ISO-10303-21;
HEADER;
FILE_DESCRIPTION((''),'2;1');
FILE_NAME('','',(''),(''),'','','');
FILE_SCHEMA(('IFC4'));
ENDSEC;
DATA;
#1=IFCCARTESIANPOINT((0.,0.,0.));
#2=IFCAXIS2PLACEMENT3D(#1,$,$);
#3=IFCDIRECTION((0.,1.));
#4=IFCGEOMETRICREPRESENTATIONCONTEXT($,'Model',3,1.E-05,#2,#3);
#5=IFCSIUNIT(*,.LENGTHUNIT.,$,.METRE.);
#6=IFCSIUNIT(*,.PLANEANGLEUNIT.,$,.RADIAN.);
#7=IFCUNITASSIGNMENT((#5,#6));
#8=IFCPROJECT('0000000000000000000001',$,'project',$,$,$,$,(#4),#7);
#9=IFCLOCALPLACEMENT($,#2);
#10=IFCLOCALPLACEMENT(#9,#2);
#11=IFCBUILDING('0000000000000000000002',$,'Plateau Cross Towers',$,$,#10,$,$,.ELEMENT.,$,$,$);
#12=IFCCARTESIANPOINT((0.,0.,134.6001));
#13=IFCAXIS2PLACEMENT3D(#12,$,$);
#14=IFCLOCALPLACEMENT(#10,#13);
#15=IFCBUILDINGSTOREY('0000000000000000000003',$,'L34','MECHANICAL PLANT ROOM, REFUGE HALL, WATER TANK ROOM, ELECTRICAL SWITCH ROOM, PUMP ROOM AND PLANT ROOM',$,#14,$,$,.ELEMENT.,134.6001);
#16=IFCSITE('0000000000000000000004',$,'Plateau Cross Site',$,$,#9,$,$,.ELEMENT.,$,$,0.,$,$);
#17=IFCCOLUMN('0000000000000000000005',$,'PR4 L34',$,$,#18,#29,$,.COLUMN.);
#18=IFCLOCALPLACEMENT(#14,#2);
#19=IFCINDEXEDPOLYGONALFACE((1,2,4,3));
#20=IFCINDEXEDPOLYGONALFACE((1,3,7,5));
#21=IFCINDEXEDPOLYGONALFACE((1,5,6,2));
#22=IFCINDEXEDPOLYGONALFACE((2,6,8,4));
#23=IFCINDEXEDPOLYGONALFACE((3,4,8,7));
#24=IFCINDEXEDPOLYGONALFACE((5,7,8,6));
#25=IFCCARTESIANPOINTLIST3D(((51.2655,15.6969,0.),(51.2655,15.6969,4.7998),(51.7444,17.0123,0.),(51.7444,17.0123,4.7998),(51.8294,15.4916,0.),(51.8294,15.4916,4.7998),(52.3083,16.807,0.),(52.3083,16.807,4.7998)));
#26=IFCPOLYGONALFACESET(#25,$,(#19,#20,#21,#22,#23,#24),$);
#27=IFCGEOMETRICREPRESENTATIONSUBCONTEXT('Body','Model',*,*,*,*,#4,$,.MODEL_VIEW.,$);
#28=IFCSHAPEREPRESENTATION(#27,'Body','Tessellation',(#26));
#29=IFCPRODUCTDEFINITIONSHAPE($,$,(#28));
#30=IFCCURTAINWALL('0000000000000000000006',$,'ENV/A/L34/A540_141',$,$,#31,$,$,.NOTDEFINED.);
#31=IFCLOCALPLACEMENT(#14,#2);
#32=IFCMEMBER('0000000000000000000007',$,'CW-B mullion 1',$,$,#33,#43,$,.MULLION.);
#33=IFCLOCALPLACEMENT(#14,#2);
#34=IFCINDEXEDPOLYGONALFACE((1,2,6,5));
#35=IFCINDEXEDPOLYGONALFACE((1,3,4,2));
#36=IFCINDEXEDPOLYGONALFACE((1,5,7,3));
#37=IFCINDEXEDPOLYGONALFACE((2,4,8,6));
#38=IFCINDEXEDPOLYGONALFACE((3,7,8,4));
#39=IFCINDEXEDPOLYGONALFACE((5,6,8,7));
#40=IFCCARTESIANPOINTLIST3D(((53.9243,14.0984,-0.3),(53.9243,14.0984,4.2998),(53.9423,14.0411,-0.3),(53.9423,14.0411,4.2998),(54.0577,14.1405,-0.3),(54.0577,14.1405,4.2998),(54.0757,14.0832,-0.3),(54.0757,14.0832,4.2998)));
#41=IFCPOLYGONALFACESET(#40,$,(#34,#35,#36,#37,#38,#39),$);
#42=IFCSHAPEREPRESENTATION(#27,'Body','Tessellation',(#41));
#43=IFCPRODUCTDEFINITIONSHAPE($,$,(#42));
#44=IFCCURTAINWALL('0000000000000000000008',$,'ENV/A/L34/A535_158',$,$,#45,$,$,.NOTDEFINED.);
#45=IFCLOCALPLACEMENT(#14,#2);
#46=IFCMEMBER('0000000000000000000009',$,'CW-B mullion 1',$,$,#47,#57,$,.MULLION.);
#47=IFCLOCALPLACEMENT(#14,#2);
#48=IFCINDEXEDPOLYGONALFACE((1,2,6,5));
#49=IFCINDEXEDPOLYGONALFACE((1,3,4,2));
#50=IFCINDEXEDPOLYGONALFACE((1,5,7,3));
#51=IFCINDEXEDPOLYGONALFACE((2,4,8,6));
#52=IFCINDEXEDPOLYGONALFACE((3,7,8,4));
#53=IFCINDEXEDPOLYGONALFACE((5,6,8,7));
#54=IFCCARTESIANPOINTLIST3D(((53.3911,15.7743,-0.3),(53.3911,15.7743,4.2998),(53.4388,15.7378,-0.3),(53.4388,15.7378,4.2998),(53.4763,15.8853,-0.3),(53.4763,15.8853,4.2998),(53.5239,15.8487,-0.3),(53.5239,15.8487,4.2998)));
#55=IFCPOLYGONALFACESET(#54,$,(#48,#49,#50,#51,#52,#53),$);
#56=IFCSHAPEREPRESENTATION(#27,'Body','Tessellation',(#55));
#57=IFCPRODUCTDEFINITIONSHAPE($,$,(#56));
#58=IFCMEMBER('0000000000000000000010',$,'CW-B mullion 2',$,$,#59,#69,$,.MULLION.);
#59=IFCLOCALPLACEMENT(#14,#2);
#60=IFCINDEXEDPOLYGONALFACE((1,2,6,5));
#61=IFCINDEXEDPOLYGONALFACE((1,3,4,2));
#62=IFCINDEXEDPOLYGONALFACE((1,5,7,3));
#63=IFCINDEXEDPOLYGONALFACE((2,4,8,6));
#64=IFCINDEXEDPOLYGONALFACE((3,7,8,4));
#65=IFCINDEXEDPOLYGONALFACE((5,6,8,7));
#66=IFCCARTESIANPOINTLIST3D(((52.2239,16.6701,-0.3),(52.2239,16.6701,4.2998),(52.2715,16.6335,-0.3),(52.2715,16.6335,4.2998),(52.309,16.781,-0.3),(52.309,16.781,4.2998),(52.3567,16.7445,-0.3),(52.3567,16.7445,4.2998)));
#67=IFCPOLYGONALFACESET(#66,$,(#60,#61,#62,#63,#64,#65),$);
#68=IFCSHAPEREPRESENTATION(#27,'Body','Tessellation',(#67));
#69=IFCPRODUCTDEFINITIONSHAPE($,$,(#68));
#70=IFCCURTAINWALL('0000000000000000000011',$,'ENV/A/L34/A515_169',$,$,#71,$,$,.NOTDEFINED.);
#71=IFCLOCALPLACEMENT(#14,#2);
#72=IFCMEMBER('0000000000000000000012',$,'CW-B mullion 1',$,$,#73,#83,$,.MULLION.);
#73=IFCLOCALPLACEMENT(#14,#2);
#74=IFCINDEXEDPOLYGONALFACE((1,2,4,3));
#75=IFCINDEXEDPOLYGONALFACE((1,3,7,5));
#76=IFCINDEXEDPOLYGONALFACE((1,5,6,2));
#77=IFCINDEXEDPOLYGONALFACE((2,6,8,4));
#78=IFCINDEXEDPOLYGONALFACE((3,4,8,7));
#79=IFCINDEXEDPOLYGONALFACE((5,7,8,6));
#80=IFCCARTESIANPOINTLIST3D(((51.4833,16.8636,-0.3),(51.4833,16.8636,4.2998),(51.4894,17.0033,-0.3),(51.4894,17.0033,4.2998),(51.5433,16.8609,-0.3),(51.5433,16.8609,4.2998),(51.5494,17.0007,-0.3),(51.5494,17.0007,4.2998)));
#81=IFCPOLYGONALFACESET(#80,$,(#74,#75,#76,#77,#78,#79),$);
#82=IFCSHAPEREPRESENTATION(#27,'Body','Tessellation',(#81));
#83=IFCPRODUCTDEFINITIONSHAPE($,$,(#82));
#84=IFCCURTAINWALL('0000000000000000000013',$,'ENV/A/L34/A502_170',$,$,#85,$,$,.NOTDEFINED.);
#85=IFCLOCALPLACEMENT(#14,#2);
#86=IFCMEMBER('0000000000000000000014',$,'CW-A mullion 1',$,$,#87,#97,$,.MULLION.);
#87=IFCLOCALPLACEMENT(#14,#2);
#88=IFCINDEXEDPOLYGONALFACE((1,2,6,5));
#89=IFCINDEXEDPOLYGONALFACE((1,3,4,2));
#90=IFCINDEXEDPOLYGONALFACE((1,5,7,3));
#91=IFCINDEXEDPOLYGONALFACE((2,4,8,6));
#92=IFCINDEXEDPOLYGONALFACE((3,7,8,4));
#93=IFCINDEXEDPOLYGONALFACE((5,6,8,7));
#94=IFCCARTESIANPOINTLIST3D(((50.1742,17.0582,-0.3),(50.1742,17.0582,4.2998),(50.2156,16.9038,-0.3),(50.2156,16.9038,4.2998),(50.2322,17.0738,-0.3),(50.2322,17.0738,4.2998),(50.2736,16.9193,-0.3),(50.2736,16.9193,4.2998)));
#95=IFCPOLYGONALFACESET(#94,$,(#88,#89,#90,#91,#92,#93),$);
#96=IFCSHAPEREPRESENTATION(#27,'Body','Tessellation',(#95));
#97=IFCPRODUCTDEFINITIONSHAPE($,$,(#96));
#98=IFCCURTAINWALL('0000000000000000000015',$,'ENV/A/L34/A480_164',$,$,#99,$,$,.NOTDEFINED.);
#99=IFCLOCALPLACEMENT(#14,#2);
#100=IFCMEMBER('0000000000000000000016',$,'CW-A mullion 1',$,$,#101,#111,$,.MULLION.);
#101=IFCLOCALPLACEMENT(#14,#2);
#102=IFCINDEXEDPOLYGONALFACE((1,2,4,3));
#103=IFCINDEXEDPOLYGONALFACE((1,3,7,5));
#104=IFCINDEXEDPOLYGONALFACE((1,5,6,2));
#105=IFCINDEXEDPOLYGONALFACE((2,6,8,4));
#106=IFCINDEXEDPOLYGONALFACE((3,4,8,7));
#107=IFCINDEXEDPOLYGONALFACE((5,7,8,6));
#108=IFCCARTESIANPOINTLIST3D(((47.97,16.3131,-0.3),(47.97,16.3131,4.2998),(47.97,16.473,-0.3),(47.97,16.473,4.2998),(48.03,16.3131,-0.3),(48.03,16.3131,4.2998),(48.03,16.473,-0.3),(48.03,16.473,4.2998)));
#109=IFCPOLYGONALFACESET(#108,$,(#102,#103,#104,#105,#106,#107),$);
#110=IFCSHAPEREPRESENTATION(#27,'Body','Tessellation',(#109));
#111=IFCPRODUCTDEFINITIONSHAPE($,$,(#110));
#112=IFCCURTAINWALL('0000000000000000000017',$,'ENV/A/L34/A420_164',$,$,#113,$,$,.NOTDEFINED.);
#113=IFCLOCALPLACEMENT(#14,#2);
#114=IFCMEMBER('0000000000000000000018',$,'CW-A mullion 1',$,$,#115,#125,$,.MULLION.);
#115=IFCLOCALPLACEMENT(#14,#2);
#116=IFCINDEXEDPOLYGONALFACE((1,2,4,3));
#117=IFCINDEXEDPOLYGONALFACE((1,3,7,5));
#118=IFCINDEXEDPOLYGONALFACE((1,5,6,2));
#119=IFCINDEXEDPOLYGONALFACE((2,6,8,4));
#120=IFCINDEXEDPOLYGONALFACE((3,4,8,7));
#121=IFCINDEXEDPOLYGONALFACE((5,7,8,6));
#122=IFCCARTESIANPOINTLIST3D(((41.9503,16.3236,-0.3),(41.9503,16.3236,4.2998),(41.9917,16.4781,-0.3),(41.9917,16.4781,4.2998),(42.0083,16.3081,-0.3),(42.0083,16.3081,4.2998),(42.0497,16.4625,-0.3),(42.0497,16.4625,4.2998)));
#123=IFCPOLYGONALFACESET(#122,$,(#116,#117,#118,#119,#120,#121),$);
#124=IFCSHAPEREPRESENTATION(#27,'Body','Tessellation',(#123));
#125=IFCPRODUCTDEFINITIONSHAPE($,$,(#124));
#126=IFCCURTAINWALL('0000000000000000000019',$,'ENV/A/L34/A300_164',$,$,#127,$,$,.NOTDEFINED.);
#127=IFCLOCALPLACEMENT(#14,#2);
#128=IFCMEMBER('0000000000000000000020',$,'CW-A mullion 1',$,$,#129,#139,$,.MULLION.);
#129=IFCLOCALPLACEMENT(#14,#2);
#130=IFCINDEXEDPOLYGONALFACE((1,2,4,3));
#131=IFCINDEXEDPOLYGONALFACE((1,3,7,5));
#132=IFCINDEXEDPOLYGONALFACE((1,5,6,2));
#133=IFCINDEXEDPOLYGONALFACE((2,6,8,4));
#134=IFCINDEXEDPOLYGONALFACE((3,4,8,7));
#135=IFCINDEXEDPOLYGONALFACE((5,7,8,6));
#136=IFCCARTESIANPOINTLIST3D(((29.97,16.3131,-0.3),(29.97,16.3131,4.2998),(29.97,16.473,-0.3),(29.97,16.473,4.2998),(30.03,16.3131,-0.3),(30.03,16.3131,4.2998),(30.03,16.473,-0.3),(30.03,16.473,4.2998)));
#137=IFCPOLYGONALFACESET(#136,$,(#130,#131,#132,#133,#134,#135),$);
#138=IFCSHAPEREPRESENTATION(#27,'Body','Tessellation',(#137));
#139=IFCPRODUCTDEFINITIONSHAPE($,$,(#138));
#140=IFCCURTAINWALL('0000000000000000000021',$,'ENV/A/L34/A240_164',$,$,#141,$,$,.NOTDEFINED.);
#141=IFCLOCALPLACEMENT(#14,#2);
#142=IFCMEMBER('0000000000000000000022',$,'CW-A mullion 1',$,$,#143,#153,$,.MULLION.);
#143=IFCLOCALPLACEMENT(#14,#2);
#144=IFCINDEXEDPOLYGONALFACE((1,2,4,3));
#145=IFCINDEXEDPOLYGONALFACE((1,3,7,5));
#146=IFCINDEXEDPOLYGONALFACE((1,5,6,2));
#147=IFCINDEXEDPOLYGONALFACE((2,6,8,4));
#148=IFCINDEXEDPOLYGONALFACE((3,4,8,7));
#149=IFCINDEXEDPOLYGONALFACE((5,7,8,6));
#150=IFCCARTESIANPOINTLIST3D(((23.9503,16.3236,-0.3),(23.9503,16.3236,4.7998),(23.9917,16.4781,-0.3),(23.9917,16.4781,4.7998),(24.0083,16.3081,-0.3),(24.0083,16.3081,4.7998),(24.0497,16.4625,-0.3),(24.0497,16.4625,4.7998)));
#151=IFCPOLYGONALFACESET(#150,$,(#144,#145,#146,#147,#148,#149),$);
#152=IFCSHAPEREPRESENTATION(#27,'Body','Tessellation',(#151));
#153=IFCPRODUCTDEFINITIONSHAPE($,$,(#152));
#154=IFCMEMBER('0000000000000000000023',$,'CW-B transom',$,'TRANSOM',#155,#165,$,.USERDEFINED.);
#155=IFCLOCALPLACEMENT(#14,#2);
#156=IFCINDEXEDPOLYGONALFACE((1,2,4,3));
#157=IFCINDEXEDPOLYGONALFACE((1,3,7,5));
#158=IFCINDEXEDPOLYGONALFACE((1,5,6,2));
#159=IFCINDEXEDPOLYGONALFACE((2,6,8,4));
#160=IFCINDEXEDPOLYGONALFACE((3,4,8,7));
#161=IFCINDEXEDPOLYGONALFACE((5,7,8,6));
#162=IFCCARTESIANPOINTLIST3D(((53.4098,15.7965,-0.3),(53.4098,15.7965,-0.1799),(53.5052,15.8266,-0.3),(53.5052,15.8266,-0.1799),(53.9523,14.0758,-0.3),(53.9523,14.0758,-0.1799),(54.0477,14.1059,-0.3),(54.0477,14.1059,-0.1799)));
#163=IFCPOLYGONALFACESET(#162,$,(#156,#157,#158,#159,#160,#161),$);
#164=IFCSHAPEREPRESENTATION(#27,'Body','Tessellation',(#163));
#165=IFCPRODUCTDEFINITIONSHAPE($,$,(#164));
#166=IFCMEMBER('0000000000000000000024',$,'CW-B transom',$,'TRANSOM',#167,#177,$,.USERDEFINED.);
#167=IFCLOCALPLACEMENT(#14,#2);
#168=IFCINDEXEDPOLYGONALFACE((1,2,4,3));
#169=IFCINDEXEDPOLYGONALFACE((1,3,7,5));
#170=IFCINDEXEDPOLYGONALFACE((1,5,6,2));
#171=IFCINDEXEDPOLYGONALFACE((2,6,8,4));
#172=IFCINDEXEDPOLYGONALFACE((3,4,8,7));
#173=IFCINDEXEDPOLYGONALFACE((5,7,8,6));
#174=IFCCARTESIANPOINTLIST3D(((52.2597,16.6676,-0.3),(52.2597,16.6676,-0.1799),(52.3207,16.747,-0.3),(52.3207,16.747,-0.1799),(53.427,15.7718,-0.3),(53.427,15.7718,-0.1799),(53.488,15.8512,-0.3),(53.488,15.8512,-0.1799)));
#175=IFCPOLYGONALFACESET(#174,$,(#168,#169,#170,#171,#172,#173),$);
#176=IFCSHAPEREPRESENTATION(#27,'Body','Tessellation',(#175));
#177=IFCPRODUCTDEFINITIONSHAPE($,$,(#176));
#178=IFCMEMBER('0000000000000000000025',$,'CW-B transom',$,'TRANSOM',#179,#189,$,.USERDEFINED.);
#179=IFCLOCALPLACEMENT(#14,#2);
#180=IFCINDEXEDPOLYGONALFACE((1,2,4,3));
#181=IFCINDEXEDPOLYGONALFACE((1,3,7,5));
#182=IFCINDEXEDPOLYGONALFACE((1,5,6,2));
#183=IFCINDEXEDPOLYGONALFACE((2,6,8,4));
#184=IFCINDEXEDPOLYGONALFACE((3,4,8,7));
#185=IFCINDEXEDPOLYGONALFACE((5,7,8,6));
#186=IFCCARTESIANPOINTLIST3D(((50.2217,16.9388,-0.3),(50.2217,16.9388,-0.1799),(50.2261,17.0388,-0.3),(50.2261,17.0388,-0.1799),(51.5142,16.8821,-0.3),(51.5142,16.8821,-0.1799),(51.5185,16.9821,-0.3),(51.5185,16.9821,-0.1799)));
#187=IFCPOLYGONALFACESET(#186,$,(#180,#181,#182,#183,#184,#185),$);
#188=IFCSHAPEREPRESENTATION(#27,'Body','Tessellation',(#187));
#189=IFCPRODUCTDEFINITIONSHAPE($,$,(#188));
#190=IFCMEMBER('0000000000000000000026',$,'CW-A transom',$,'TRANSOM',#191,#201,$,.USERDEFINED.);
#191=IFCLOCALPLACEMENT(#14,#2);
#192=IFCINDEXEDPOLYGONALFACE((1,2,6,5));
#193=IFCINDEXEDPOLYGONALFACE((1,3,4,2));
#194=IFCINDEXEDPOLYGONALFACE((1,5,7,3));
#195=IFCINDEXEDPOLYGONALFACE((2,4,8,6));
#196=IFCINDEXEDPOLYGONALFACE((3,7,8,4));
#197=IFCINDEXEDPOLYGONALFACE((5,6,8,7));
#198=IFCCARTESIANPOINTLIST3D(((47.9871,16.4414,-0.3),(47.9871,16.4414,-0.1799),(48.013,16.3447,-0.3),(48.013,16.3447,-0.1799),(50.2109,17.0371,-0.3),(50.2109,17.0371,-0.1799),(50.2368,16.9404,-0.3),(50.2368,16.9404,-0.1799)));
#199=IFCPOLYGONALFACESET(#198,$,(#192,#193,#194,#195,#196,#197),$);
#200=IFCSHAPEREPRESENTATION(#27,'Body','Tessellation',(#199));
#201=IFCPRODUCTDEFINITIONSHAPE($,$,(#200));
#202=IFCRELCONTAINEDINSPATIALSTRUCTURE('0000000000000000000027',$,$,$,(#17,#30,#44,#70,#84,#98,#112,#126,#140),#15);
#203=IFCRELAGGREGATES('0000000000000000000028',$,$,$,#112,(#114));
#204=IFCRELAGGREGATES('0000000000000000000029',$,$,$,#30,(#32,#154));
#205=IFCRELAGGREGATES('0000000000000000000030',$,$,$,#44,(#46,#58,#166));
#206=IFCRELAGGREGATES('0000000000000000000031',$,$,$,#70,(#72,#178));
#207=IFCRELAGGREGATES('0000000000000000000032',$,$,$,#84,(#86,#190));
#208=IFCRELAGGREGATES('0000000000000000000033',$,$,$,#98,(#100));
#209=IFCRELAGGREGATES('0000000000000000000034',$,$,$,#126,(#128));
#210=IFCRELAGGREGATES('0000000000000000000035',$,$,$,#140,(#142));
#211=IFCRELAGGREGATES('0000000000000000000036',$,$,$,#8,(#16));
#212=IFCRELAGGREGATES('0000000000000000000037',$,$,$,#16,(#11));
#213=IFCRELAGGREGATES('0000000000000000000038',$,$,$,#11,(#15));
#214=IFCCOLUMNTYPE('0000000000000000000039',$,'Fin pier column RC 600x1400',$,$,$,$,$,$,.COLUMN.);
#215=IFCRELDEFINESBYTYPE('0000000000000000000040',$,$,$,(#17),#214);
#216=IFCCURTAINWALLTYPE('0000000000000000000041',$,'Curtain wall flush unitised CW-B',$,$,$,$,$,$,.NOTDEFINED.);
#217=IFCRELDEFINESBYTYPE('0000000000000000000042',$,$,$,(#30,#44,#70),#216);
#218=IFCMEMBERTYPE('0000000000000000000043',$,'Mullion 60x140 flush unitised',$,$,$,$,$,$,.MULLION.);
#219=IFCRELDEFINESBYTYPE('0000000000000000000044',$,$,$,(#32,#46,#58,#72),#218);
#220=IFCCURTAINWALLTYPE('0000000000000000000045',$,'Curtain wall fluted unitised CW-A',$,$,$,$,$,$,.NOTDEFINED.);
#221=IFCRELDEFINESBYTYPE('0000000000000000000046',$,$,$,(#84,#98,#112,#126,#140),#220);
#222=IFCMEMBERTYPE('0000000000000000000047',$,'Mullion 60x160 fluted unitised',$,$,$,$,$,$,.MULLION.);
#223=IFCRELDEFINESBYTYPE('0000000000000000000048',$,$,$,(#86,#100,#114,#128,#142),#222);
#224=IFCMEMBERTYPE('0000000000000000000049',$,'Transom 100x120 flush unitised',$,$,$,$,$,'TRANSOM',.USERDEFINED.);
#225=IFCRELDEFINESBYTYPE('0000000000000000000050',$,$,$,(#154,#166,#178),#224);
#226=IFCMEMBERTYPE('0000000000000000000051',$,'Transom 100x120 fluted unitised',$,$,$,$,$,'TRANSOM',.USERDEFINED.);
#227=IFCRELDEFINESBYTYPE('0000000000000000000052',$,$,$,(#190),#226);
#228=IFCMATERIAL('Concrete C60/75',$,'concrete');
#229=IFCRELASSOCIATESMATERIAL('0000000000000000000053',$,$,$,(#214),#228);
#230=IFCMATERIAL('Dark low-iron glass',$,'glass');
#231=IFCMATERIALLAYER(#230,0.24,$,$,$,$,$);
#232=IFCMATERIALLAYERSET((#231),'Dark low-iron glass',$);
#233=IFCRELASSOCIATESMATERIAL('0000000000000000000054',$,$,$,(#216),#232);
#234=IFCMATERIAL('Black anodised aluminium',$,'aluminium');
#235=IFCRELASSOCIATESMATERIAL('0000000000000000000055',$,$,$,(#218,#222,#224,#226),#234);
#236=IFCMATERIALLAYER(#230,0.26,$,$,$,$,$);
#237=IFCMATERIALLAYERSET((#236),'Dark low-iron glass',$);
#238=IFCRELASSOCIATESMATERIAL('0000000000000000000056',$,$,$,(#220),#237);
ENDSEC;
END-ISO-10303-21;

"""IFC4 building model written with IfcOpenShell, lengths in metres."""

from ifc_helpers import new_model, si_unit, direction, frame, origin, origin_2d, place, context, subcontext, project, spatial, rectangle, extrude, material, layer, layer_set, material_profile, profile_set, type_object, element, aggregate, save


model = new_model("IFC4")

# Units and contexts
model_context = context("Model", 3, precision=1e-05, world=origin(), true_north=direction((0.0, 1.0)))
body_context = subcontext(model_context, "Body", "Model", "MODEL_VIEW")
ifc_project = project(units=[si_unit("LENGTHUNIT", "METRE"), si_unit("PLANEANGLEUNIT", "RADIAN")], contexts=[model_context])

# Site, building, storey
site_placement = place(None, origin())
site = spatial("IfcSite", under=ifc_project, at=site_placement, Name="Plateau Cross Site", CompositionType="ELEMENT", RefElevation=0.0)
building_placement = place(site_placement, origin())
building = spatial("IfcBuilding", under=site, at=building_placement, Name="Plateau Cross Towers", CompositionType="ELEMENT")
storey_placement = place(building_placement, frame((0.0, 0.0, 134.6001)))
storey = spatial("IfcBuildingStorey", under=building, at=storey_placement, Name="L34", Description="MECHANICAL PLANT ROOM, REFUGE HALL, WATER TANK ROOM, ELECTRICAL SWITCH ROOM, PUMP ROOM AND PLANT ROOM", CompositionType="ELEMENT", Elevation=134.6001)

# Column
ifc_material_1 = material(Name="Concrete C60/75", Category="concrete")
ifc_material_profile_1 = material_profile(ifc_material_1, rectangle(XDim=0.6001, YDim=1.3999, at=origin_2d()), Name="RC 600x1400")
ifc_profile_set_1 = profile_set([ifc_material_profile_1], Name="Concrete C60/75")
column_type = type_object("IfcColumnType", Name="Fin pier column RC 600x1400", PredefinedType="COLUMN", material=ifc_profile_set_1)
column_placement = place(storey_placement, frame((51.7869, 16.252, 0.0), z_axis=(0.0, 0.0, 1.0), x_axis=(-0.939664, 0.342098, 0.0)))
element("IfcColumn", 1, at=column_placement, inside=storey, type_object=column_type, Name="PR4 L34", PredefinedType="COLUMN", context=body_context, shape_type="SweptSolid", body=[
    extrude(rectangle(XDim=0.6001, YDim=1.3999, at=origin_2d()), origin(), (0.0, 0.0, 1.0), 4.7998),
])

# Curtain wall, member
ifc_material_2 = material(Name="Dark low-iron glass", Category="glass")
ifc_layer_1 = layer(ifc_material_2, 0.24)
ifc_layer_set_1 = layer_set([ifc_layer_1], Name="Dark low-iron glass")
curtain_wall_type_1 = type_object("IfcCurtainWallType", Name="Curtain wall flush unitised CW-B", PredefinedType="NOTDEFINED", material=ifc_layer_set_1)
curtain_wall_1_placement = place(storey_placement, origin())
curtain_wall_1 = element("IfcCurtainWall", 2, at=curtain_wall_1_placement, inside=storey, type_object=curtain_wall_type_1, Name="ENV/A/L34/A540_141", PredefinedType="NOTDEFINED")
ifc_material_3 = material(Name="Black anodised aluminium", Category="aluminium")
ifc_material_profile_2 = material_profile(ifc_material_3, rectangle(XDim=0.0601, YDim=0.1399, at=origin_2d()), Name="MULLION 60x140")
ifc_profile_set_2 = profile_set([ifc_material_profile_2], Name="Black anodised aluminium")
member_type_1 = type_object("IfcMemberType", Name="Mullion 60x140 flush unitised", PredefinedType="MULLION", material=ifc_profile_set_2)
member_1_placement = place(storey_placement, frame((54.0, 14.0908, -0.3), z_axis=(0.0, 0.0, 1.0), x_axis=(-0.300686, 0.953723, 0.0)))
member_1 = element("IfcMember", 3, at=member_1_placement, type_object=member_type_1, Name="CW-B mullion 1", PredefinedType="MULLION", context=body_context, shape_type="SweptSolid", body=[
    extrude(rectangle(XDim=0.0601, YDim=0.1399, at=origin_2d()), origin(), (0.0, 0.0, 1.0), 4.5999),
])

# Curtain wall, members
curtain_wall_2_placement = place(storey_placement, origin())
curtain_wall_2 = element("IfcCurtainWall", 4, at=curtain_wall_2_placement, inside=storey, type_object=curtain_wall_type_1, Name="ENV/A/L34/A535_158", PredefinedType="NOTDEFINED")
member_2_placement = place(storey_placement, frame((53.4575, 15.8115, -0.3), z_axis=(0.0, 0.0, 1.0), x_axis=(-0.793316, 0.608811, 0.0)))
member_2 = element("IfcMember", 5, at=member_2_placement, type_object=member_type_1, Name="CW-B mullion 1", PredefinedType="MULLION", context=body_context, shape_type="SweptSolid", body=[
    extrude(rectangle(XDim=0.0601, YDim=0.1399, at=origin_2d()), origin(), (0.0, 0.0, 1.0), 4.5999),
])
member_3_placement = place(storey_placement, frame((52.2903, 16.7073, -0.3), z_axis=(0.0, 0.0, 1.0), x_axis=(-0.793316, 0.608811, 0.0)))
member_3 = element("IfcMember", 6, at=member_3_placement, type_object=member_type_1, Name="CW-B mullion 2", PredefinedType="MULLION", context=body_context, shape_type="SweptSolid", body=[
    extrude(rectangle(XDim=0.0601, YDim=0.1399, at=origin_2d()), origin(), (0.0, 0.0, 1.0), 4.5999),
])

# Curtain walls, members
curtain_wall_3_placement = place(storey_placement, origin())
curtain_wall_3 = element("IfcCurtainWall", 7, at=curtain_wall_3_placement, inside=storey, type_object=curtain_wall_type_1, Name="ENV/A/L34/A515_169", PredefinedType="NOTDEFINED")
member_4_placement = place(storey_placement, frame((51.5164, 16.9321, -0.3), z_axis=(0.0, 0.0, 1.0), x_axis=(-0.999044, 0.043723, 0.0)))
member_4 = element("IfcMember", 8, at=member_4_placement, type_object=member_type_1, Name="CW-B mullion 1", PredefinedType="MULLION", context=body_context, shape_type="SweptSolid", body=[
    extrude(rectangle(XDim=0.0601, YDim=0.1399, at=origin_2d()), origin(), (0.0, 0.0, 1.0), 4.5999),
])
ifc_layer_2 = layer(ifc_material_2, 0.26)
ifc_layer_set_2 = layer_set([ifc_layer_2], Name="Dark low-iron glass")
curtain_wall_type_2 = type_object("IfcCurtainWallType", Name="Curtain wall fluted unitised CW-A", PredefinedType="NOTDEFINED", material=ifc_layer_set_2)
curtain_wall_4_placement = place(storey_placement, origin())
curtain_wall_4 = element("IfcCurtainWall", 9, at=curtain_wall_4_placement, inside=storey, type_object=curtain_wall_type_2, Name="ENV/A/L34/A502_170", PredefinedType="NOTDEFINED")
ifc_material_profile_3 = material_profile(ifc_material_3, rectangle(XDim=0.0601, YDim=0.1599, at=origin_2d()), Name="MULLION 60x160")
ifc_profile_set_3 = profile_set([ifc_material_profile_3], Name="Black anodised aluminium")
member_type_2 = type_object("IfcMemberType", Name="Mullion 60x160 fluted unitised", PredefinedType="MULLION", material=ifc_profile_set_3)
member_5_placement = place(storey_placement, frame((50.2239, 16.9888, -0.3), z_axis=(0.0, 0.0, 1.0), x_axis=(-0.965958, -0.258699, 0.0)))
member_5 = element("IfcMember", 10, at=member_5_placement, type_object=member_type_2, Name="CW-A mullion 1", PredefinedType="MULLION", context=body_context, shape_type="SweptSolid", body=[
    extrude(rectangle(XDim=0.0601, YDim=0.1599, at=origin_2d()), origin(), (0.0, 0.0, 1.0), 4.5999),
])
curtain_wall_5_placement = place(storey_placement, origin())
curtain_wall_5 = element("IfcCurtainWall", 11, at=curtain_wall_5_placement, inside=storey, type_object=curtain_wall_type_2, Name="ENV/A/L34/A480_164", PredefinedType="NOTDEFINED")
member_6_placement = place(storey_placement, frame((48.0, 16.3931, -0.3), z_axis=(0.0, 0.0, 1.0), x_axis=(-1.0, 0.0, 0.0)))
member_6 = element("IfcMember", 12, at=member_6_placement, type_object=member_type_2, Name="CW-A mullion 1", PredefinedType="MULLION", context=body_context, shape_type="SweptSolid", body=[
    extrude(rectangle(XDim=0.0601, YDim=0.1599, at=origin_2d()), origin(), (0.0, 0.0, 1.0), 4.5999),
])
curtain_wall_6_placement = place(storey_placement, origin())
curtain_wall_6 = element("IfcCurtainWall", 13, at=curtain_wall_6_placement, inside=storey, type_object=curtain_wall_type_2, Name="ENV/A/L34/A420_164", PredefinedType="NOTDEFINED")
member_7_placement = place(storey_placement, frame((42.0, 16.3931, -0.3), z_axis=(0.0, 0.0, 1.0), x_axis=(-0.965958, 0.258699, 0.0)))
member_7 = element("IfcMember", 14, at=member_7_placement, type_object=member_type_2, Name="CW-A mullion 1", PredefinedType="MULLION", context=body_context, shape_type="SweptSolid", body=[
    extrude(rectangle(XDim=0.0601, YDim=0.1599, at=origin_2d()), origin(), (0.0, 0.0, 1.0), 4.5999),
])
curtain_wall_7_placement = place(storey_placement, origin())
curtain_wall_7 = element("IfcCurtainWall", 15, at=curtain_wall_7_placement, inside=storey, type_object=curtain_wall_type_2, Name="ENV/A/L34/A300_164", PredefinedType="NOTDEFINED")
member_8_placement = place(storey_placement, frame((30.0, 16.3931, -0.3), z_axis=(0.0, 0.0, 1.0), x_axis=(-1.0, 0.0, 0.0)))
member_8 = element("IfcMember", 16, at=member_8_placement, type_object=member_type_2, Name="CW-A mullion 1", PredefinedType="MULLION", context=body_context, shape_type="SweptSolid", body=[
    extrude(rectangle(XDim=0.0601, YDim=0.1599, at=origin_2d()), origin(), (0.0, 0.0, 1.0), 4.5999),
])
curtain_wall_8_placement = place(storey_placement, origin())
curtain_wall_8 = element("IfcCurtainWall", 17, at=curtain_wall_8_placement, inside=storey, type_object=curtain_wall_type_2, Name="ENV/A/L34/A240_164", PredefinedType="NOTDEFINED")
member_9_placement = place(storey_placement, frame((24.0, 16.3931, -0.3), z_axis=(0.0, 0.0, 1.0), x_axis=(-0.965958, 0.258699, 0.0)))
member_9 = element("IfcMember", 18, at=member_9_placement, type_object=member_type_2, Name="CW-A mullion 1", PredefinedType="MULLION", context=body_context, shape_type="SweptSolid", body=[
    extrude(rectangle(XDim=0.0601, YDim=0.1599, at=origin_2d()), origin(), (0.0, 0.0, 1.0), 5.0999),
])

# Members
ifc_material_profile_4 = material_profile(ifc_material_3, rectangle(XDim=0.1001, YDim=0.1201, at=origin_2d()), Name="TRANSOM 100x120")
ifc_profile_set_4 = profile_set([ifc_material_profile_4], Name="Black anodised aluminium")
member_type_3 = type_object("IfcMemberType", Name="Transom 100x120 flush unitised", ElementType="TRANSOM", PredefinedType="USERDEFINED", material=ifc_profile_set_4)
member_10_placement = place(storey_placement, frame((54.0, 14.0908, -0.24), z_axis=(-0.300678, 0.953726, 0.0), x_axis=(-0.953726, -0.300678, 0.0)))
member_10 = element("IfcMember", 19, at=member_10_placement, type_object=member_type_3, Name="CW-B transom", ObjectType="TRANSOM", PredefinedType="USERDEFINED", context=body_context, shape_type="SweptSolid", body=[
    extrude(rectangle(XDim=0.1001, YDim=0.1201, at=origin_2d()), origin(), (0.0, 0.0, 1.0), 1.8042),
])
member_11_placement = place(storey_placement, frame((53.4575, 15.8115, -0.24), z_axis=(-0.793321, 0.608804, 0.0), x_axis=(-0.608804, -0.793321, 0.0)))
member_11 = element("IfcMember", 20, at=member_11_placement, type_object=member_type_3, Name="CW-B transom", ObjectType="TRANSOM", PredefinedType="USERDEFINED", context=body_context, shape_type="SweptSolid", body=[
    extrude(rectangle(XDim=0.1001, YDim=0.1201, at=origin_2d()), origin(), (0.0, 0.0, 1.0), 1.4714),
])
member_12_placement = place(storey_placement, frame((51.5164, 16.9321, -0.24), z_axis=(-0.999041, 0.043781, 0.0), x_axis=(-0.043781, -0.999041, 0.0)))
member_12 = element("IfcMember", 21, at=member_12_placement, type_object=member_type_3, Name="CW-B transom", ObjectType="TRANSOM", PredefinedType="USERDEFINED", context=body_context, shape_type="SweptSolid", body=[
    extrude(rectangle(XDim=0.1001, YDim=0.1201, at=origin_2d()), origin(), (0.0, 0.0, 1.0), 1.2937),
])
ifc_material_profile_5 = material_profile(ifc_material_3, rectangle(XDim=0.1001, YDim=0.1201, at=origin_2d()), Name="TRANSOM 100x120")
ifc_profile_set_5 = profile_set([ifc_material_profile_5], Name="Black anodised aluminium")
member_type_4 = type_object("IfcMemberType", Name="Transom 100x120 fluted unitised", ElementType="TRANSOM", PredefinedType="USERDEFINED", material=ifc_profile_set_5)
member_13_placement = place(storey_placement, frame((50.2239, 16.9888, -0.24), z_axis=(-0.965946, -0.258745, 0.0), x_axis=(0.258745, -0.965946, 0.0)))
member_13 = element("IfcMember", 22, at=member_13_placement, type_object=member_type_4, Name="CW-A transom", ObjectType="TRANSOM", PredefinedType="USERDEFINED", context=body_context, shape_type="SweptSolid", body=[
    extrude(rectangle(XDim=0.1001, YDim=0.1201, at=origin_2d()), origin(), (0.0, 0.0, 1.0), 2.3022),
])
aggregate(curtain_wall_6, [member_7])

aggregate(curtain_wall_1, [member_1, member_10])
aggregate(curtain_wall_2, [member_2, member_3, member_11])
aggregate(curtain_wall_3, [member_4, member_12])
aggregate(curtain_wall_4, [member_5, member_13])
aggregate(curtain_wall_5, [member_6])

aggregate(curtain_wall_7, [member_8])
aggregate(curtain_wall_8, [member_9])

save(model, "model.ifc")
